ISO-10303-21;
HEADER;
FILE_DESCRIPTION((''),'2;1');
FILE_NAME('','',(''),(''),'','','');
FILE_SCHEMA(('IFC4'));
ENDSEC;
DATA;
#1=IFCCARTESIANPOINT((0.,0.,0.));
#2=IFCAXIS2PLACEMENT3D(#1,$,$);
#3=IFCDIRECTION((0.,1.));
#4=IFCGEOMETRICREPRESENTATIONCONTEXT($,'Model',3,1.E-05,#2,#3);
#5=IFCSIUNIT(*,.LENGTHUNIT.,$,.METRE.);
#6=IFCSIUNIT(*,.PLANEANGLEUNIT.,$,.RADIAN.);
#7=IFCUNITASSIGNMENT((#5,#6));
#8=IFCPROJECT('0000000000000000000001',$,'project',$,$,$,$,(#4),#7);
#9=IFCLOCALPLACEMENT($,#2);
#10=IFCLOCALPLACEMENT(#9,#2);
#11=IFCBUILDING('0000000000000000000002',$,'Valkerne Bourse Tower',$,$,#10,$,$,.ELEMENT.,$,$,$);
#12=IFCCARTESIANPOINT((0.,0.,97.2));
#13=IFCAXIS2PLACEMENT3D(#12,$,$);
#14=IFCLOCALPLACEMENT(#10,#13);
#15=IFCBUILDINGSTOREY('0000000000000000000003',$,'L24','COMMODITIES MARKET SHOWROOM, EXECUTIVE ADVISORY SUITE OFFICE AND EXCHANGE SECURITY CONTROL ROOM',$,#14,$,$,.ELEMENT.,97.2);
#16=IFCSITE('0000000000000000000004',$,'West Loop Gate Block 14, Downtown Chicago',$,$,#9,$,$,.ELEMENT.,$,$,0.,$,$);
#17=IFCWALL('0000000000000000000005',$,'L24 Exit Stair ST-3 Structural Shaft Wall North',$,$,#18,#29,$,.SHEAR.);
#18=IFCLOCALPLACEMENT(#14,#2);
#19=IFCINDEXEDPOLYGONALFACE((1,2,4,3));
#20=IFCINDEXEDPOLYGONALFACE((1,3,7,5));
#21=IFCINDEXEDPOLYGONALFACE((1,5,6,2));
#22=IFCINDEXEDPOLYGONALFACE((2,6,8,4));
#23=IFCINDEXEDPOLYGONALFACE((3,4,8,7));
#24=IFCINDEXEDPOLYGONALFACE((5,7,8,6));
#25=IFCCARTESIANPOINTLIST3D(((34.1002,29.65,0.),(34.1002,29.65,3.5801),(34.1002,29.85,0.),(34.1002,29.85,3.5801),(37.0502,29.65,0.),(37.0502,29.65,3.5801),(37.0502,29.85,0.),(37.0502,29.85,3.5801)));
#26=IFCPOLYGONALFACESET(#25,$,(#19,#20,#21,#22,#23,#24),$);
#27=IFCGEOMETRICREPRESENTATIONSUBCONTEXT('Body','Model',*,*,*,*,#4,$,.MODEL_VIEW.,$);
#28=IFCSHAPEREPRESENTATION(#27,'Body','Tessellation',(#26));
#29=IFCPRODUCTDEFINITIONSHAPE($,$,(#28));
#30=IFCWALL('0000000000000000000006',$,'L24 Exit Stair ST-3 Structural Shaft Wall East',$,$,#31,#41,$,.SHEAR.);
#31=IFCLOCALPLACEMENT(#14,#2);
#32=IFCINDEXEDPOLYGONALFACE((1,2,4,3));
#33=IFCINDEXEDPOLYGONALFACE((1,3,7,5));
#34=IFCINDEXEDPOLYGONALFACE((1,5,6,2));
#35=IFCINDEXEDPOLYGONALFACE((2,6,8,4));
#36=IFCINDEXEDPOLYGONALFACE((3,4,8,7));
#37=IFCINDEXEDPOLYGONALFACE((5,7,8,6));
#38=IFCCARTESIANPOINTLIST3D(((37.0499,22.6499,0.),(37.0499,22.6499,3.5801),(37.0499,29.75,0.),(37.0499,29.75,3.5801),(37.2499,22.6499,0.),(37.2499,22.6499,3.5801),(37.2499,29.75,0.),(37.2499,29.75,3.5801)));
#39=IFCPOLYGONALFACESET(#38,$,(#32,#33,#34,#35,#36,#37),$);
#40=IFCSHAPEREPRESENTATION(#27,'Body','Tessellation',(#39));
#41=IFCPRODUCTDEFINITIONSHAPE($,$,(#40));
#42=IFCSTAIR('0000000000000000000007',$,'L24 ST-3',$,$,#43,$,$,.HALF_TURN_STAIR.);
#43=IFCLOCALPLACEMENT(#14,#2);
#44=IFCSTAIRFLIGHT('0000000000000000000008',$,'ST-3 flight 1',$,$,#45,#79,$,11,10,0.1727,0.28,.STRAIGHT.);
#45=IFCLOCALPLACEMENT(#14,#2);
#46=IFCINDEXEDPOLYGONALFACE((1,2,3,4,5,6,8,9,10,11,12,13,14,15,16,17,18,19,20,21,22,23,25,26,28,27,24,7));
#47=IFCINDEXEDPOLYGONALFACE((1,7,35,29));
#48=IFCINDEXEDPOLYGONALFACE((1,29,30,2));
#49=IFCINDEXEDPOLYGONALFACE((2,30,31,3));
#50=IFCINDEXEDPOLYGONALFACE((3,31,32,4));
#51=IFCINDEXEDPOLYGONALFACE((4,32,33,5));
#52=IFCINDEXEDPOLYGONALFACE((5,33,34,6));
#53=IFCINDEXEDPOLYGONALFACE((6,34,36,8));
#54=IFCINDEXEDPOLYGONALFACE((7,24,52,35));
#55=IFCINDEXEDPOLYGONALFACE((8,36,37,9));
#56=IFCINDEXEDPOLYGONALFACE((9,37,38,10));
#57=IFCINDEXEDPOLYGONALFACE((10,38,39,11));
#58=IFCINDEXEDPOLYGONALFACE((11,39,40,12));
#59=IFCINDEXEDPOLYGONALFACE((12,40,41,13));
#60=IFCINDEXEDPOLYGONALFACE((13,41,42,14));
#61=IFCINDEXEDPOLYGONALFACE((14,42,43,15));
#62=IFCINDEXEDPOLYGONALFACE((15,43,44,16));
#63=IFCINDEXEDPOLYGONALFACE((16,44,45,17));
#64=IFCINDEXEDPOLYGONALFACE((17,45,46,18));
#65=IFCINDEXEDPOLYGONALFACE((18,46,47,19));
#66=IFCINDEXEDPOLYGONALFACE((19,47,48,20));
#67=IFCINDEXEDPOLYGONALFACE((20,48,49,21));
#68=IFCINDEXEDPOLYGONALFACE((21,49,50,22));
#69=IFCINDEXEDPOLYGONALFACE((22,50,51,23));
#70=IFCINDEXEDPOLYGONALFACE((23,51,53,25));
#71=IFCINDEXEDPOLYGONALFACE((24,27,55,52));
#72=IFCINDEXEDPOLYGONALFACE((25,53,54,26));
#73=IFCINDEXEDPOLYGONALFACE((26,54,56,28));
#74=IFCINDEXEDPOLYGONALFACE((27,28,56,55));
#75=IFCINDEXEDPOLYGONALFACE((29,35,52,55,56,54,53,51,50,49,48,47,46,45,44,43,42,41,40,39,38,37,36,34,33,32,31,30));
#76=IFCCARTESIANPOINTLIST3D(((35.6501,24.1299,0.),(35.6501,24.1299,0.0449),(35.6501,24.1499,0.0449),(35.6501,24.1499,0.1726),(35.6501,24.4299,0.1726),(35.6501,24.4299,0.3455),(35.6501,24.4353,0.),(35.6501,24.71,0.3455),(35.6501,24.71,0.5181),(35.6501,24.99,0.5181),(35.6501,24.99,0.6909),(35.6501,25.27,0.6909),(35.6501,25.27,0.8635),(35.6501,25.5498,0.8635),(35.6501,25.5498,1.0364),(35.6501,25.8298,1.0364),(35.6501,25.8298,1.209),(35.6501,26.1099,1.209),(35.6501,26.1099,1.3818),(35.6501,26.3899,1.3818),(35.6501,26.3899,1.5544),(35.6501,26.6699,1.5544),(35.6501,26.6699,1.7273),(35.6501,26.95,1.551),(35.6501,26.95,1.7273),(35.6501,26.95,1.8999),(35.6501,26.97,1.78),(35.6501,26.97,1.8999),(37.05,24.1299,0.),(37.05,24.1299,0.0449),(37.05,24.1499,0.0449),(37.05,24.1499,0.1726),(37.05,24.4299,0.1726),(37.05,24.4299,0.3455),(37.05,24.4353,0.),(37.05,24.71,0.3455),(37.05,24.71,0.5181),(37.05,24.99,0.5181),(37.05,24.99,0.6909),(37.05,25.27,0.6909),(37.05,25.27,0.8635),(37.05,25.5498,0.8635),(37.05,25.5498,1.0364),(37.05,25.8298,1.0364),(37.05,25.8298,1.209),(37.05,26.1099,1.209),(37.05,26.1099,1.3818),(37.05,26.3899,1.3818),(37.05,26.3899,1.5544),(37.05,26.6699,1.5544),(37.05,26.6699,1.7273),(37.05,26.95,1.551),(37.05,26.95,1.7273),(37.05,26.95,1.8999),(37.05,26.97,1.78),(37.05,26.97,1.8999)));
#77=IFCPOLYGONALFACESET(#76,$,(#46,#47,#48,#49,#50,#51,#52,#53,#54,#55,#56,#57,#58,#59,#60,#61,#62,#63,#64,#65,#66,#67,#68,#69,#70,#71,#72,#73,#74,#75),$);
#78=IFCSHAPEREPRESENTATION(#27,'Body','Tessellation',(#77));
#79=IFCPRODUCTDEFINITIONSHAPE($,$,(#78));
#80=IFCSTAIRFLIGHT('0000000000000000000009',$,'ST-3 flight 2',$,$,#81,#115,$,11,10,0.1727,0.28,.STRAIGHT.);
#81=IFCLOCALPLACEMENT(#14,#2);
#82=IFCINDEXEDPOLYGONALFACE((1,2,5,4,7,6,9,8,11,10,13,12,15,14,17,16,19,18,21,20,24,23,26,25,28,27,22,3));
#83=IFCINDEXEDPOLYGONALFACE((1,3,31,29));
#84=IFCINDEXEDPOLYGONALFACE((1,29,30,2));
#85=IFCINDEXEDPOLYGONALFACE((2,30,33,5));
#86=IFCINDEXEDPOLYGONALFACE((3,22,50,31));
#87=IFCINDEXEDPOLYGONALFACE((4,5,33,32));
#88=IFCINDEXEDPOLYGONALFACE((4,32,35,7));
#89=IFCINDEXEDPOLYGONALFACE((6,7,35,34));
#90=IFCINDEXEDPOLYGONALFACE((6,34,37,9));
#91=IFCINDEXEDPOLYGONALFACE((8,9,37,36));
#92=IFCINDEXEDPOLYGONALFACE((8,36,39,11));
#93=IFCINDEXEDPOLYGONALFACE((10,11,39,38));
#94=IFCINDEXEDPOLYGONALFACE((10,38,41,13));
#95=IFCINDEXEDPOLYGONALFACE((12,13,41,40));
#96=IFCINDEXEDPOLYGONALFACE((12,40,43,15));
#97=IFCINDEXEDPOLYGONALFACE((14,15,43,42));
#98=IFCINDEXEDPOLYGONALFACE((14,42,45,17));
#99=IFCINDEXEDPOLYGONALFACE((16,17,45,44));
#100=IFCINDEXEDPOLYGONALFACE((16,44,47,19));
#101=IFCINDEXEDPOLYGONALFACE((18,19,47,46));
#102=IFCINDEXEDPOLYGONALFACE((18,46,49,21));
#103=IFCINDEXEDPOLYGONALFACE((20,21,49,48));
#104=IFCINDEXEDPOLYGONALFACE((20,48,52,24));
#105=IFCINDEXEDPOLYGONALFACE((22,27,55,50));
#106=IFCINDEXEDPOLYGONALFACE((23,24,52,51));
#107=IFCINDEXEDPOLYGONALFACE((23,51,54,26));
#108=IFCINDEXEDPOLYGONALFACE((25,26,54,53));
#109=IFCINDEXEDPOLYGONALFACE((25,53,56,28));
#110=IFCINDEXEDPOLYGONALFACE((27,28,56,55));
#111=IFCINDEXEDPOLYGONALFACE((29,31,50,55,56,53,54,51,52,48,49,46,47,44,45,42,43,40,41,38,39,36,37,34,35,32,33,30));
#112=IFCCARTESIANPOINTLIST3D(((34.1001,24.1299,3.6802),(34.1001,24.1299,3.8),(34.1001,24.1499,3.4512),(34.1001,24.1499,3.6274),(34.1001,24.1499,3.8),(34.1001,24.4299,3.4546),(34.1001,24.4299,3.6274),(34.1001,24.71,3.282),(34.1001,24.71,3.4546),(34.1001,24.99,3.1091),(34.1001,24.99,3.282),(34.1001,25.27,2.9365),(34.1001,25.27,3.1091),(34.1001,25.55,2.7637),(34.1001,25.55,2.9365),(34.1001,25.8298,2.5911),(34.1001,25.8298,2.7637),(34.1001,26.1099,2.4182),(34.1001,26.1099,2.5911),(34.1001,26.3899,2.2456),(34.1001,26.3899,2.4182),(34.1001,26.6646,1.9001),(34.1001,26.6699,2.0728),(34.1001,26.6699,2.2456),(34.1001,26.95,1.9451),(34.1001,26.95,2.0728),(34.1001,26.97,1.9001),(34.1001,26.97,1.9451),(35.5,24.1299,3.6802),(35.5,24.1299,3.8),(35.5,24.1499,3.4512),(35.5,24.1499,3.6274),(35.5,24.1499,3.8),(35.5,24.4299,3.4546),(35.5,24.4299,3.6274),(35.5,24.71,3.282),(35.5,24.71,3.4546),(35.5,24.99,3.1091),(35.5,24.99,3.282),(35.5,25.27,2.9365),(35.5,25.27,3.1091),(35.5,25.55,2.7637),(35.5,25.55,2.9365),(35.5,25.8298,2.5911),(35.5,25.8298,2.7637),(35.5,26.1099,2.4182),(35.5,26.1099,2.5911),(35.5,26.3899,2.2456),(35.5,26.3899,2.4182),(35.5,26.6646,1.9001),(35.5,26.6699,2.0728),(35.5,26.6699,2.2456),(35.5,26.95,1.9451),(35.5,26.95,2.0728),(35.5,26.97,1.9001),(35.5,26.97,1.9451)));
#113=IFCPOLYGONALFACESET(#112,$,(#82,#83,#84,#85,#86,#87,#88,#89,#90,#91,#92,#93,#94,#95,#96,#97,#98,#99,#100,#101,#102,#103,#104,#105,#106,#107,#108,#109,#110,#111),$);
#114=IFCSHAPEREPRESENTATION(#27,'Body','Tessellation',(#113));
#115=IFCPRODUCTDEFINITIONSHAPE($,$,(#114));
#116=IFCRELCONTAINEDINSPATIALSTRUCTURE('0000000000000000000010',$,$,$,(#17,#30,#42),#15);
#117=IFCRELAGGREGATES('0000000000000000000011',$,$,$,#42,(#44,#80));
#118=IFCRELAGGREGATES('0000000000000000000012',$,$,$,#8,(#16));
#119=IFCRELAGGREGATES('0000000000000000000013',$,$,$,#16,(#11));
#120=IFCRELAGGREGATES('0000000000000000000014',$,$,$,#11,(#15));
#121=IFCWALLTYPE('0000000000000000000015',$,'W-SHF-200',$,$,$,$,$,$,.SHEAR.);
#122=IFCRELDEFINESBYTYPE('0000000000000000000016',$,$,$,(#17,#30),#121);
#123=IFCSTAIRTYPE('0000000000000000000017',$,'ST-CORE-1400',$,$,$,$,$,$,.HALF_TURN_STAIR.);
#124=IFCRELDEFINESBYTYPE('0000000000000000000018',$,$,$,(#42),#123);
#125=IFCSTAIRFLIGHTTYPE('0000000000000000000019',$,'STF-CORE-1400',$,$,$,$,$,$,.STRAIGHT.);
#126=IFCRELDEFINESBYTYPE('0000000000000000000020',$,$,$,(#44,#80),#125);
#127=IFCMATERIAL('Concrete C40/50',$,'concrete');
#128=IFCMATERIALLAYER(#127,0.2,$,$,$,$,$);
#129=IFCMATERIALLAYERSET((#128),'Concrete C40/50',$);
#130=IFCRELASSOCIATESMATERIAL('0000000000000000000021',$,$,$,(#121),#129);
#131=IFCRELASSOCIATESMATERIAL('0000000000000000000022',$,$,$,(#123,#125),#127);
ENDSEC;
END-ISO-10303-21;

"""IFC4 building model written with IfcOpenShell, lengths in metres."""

from ifc_helpers import new_model, si_unit, direction, frame, frame_2d, origin, place, context, subcontext, project, spatial, polyline, rectangle, outline, extrude, material, layer, layer_set, type_object, element, aggregate, save


model = new_model("IFC4")

# Units and contexts
model_context = context("Model", 3, precision=1e-05, world=origin(), true_north=direction((0.0, 1.0)))
body_context = subcontext(model_context, "Body", "Model", "MODEL_VIEW")
ifc_project = project(units=[si_unit("LENGTHUNIT", "METRE"), si_unit("PLANEANGLEUNIT", "RADIAN")], contexts=[model_context])

# Site, building, storey
site_placement = place(None, origin())
site = spatial("IfcSite", under=ifc_project, at=site_placement, Name="West Loop Gate Block 14, Downtown Chicago", CompositionType="ELEMENT", RefElevation=0.0)
building_placement = place(site_placement, origin())
building = spatial("IfcBuilding", under=site, at=building_placement, Name="Valkerne Bourse Tower", CompositionType="ELEMENT")
storey_placement = place(building_placement, frame((0.0, 0.0, 97.2)))
storey = spatial("IfcBuildingStorey", under=building, at=storey_placement, Name="L24", Description="COMMODITIES MARKET SHOWROOM, EXECUTIVE ADVISORY SUITE OFFICE AND EXCHANGE SECURITY CONTROL ROOM", CompositionType="ELEMENT", Elevation=97.2)

# Shared definitions
ifc_material_1 = material(Name="Concrete C40/50", Category="concrete")
ifc_layer_1 = layer(ifc_material_1, 0.2)
ifc_layer_set_1 = layer_set([ifc_layer_1], Name="Concrete C40/50")
wall_type_1 = type_object("IfcWallType", Name="W-SHF-200", PredefinedType="SHEAR", material=ifc_layer_set_1)

# Walls
for number, where, z_axis, x_axis, name in (
    (1, (34.1001, 29.75, 0.0), (0.0, 0.0, 1.0), (1.0, 0.0, 0.0), "L24 Exit Stair ST-3 Structural Shaft Wall North"),
):
    element("IfcWall", number, at=place(storey_placement, frame(where, z_axis=z_axis, x_axis=x_axis)), inside=storey, type_object=wall_type_1, Name=name, PredefinedType="SHEAR", context=body_context, shape_type="SweptSolid", body=[
        extrude(rectangle(XDim=2.95, YDim=0.2, at=frame_2d((1.4751, 0.0))), origin(), (0.0, 0.0, 1.0), 3.5801),
    ])
wall_1_placement = place(storey_placement, frame((37.1499, 22.6499, 0.0), z_axis=(0.0, 0.0, 1.0), x_axis=(0.0, 1.0, 0.0)))
element("IfcWall", 2, at=wall_1_placement, inside=storey, type_object=wall_type_1, Name="L24 Exit Stair ST-3 Structural Shaft Wall East", PredefinedType="SHEAR", context=body_context, shape_type="SweptSolid", body=[
    extrude(rectangle(XDim=7.1001, YDim=0.2, at=frame_2d((3.55, 0.0))), origin(), (0.0, 0.0, 1.0), 3.5801),
])

# Stair, stair flights
stair_type = type_object("IfcStairType", Name="ST-CORE-1400", PredefinedType="HALF_TURN_STAIR", material=ifc_material_1)
stair_placement = place(storey_placement, origin())
stair = element("IfcStair", 3, at=stair_placement, inside=storey, type_object=stair_type, Name="L24 ST-3", PredefinedType="HALF_TURN_STAIR")
stair_flight_type = type_object("IfcStairFlightType", Name="STF-CORE-1400", PredefinedType="STRAIGHT", material=ifc_material_1)
stair_flight_1_placement = place(storey_placement, frame((36.3501, 24.1499, 0.0), z_axis=(0.0, 0.0, 1.0), x_axis=(0.0, 1.0, 0.0)))
stair_flight_1 = element("IfcStairFlight", 4, at=stair_flight_1_placement, type_object=stair_flight_type, Name="ST-3 flight 1", NumberOfRisers=11, NumberOfTreads=10, PredefinedType="STRAIGHT", RiserHeight=0.1727, TreadLength=0.28, context=body_context, shape_type="SweptSolid", body=[
    extrude(outline(polyline([(-0.02, 0.0), (-0.02, 0.0449), (0.0, 0.0449), (0.0, 0.1726), (0.28, 0.1726), (0.28, 0.3455), (0.5601, 0.3455), (0.5601, 0.5181), (0.8401, 0.5181), (0.8401, 0.6909), (1.1201, 0.6909), (1.1201, 0.8635), (1.3999, 0.8635), (1.3999, 1.0364), (1.6799, 1.0364), (1.6799, 1.209), (1.96, 1.209), (1.96, 1.3818), (2.24, 1.3818), (2.24, 1.5544), (2.52, 1.5544), (2.52, 1.7273), (2.8, 1.7273), (2.8, 1.8999), (2.8201, 1.8999), (2.8201, 1.78), (2.8, 1.551), (0.2854, 0.0), (-0.02, 0.0)])), frame((0.0, 0.7, 0.0), z_axis=(0.0, -1.0, 0.0), x_axis=(1.0, 0.0, 0.0)), (0.0, 0.0, 1.0), 1.3999),
])
stair_flight_2_placement = place(storey_placement, frame((34.8, 26.95, 1.9001), z_axis=(0.0, 0.0, 1.0), x_axis=(0.0, -1.0, 0.0)))
stair_flight_2 = element("IfcStairFlight", 5, at=stair_flight_2_placement, type_object=stair_flight_type, Name="ST-3 flight 2", NumberOfRisers=11, NumberOfTreads=10, PredefinedType="STRAIGHT", RiserHeight=0.1727, TreadLength=0.28, context=body_context, shape_type="SweptSolid", body=[
    extrude(outline(polyline([(-0.02, 0.0), (-0.02, 0.0449), (0.0, 0.0449), (0.0, 0.1726), (0.28, 0.1726), (0.28, 0.3455), (0.5601, 0.3455), (0.5601, 0.5181), (0.8401, 0.5181), (0.8401, 0.6909), (1.1201, 0.6909), (1.1201, 0.8635), (1.3999, 0.8635), (1.3999, 1.0364), (1.6799, 1.0364), (1.6799, 1.209), (1.96, 1.209), (1.96, 1.3818), (2.24, 1.3818), (2.24, 1.5544), (2.52, 1.5544), (2.52, 1.7273), (2.8, 1.7273), (2.8, 1.8999), (2.8201, 1.8999), (2.8201, 1.78), (2.8, 1.551), (0.2854, 0.0), (-0.02, 0.0)])), frame((0.0, 0.7, 0.0), z_axis=(0.0, -1.0, 0.0), x_axis=(1.0, 0.0, 0.0)), (0.0, 0.0, 1.0), 1.3999),
])
aggregate(stair, [stair_flight_1, stair_flight_2])

save(model, "model.ifc")
